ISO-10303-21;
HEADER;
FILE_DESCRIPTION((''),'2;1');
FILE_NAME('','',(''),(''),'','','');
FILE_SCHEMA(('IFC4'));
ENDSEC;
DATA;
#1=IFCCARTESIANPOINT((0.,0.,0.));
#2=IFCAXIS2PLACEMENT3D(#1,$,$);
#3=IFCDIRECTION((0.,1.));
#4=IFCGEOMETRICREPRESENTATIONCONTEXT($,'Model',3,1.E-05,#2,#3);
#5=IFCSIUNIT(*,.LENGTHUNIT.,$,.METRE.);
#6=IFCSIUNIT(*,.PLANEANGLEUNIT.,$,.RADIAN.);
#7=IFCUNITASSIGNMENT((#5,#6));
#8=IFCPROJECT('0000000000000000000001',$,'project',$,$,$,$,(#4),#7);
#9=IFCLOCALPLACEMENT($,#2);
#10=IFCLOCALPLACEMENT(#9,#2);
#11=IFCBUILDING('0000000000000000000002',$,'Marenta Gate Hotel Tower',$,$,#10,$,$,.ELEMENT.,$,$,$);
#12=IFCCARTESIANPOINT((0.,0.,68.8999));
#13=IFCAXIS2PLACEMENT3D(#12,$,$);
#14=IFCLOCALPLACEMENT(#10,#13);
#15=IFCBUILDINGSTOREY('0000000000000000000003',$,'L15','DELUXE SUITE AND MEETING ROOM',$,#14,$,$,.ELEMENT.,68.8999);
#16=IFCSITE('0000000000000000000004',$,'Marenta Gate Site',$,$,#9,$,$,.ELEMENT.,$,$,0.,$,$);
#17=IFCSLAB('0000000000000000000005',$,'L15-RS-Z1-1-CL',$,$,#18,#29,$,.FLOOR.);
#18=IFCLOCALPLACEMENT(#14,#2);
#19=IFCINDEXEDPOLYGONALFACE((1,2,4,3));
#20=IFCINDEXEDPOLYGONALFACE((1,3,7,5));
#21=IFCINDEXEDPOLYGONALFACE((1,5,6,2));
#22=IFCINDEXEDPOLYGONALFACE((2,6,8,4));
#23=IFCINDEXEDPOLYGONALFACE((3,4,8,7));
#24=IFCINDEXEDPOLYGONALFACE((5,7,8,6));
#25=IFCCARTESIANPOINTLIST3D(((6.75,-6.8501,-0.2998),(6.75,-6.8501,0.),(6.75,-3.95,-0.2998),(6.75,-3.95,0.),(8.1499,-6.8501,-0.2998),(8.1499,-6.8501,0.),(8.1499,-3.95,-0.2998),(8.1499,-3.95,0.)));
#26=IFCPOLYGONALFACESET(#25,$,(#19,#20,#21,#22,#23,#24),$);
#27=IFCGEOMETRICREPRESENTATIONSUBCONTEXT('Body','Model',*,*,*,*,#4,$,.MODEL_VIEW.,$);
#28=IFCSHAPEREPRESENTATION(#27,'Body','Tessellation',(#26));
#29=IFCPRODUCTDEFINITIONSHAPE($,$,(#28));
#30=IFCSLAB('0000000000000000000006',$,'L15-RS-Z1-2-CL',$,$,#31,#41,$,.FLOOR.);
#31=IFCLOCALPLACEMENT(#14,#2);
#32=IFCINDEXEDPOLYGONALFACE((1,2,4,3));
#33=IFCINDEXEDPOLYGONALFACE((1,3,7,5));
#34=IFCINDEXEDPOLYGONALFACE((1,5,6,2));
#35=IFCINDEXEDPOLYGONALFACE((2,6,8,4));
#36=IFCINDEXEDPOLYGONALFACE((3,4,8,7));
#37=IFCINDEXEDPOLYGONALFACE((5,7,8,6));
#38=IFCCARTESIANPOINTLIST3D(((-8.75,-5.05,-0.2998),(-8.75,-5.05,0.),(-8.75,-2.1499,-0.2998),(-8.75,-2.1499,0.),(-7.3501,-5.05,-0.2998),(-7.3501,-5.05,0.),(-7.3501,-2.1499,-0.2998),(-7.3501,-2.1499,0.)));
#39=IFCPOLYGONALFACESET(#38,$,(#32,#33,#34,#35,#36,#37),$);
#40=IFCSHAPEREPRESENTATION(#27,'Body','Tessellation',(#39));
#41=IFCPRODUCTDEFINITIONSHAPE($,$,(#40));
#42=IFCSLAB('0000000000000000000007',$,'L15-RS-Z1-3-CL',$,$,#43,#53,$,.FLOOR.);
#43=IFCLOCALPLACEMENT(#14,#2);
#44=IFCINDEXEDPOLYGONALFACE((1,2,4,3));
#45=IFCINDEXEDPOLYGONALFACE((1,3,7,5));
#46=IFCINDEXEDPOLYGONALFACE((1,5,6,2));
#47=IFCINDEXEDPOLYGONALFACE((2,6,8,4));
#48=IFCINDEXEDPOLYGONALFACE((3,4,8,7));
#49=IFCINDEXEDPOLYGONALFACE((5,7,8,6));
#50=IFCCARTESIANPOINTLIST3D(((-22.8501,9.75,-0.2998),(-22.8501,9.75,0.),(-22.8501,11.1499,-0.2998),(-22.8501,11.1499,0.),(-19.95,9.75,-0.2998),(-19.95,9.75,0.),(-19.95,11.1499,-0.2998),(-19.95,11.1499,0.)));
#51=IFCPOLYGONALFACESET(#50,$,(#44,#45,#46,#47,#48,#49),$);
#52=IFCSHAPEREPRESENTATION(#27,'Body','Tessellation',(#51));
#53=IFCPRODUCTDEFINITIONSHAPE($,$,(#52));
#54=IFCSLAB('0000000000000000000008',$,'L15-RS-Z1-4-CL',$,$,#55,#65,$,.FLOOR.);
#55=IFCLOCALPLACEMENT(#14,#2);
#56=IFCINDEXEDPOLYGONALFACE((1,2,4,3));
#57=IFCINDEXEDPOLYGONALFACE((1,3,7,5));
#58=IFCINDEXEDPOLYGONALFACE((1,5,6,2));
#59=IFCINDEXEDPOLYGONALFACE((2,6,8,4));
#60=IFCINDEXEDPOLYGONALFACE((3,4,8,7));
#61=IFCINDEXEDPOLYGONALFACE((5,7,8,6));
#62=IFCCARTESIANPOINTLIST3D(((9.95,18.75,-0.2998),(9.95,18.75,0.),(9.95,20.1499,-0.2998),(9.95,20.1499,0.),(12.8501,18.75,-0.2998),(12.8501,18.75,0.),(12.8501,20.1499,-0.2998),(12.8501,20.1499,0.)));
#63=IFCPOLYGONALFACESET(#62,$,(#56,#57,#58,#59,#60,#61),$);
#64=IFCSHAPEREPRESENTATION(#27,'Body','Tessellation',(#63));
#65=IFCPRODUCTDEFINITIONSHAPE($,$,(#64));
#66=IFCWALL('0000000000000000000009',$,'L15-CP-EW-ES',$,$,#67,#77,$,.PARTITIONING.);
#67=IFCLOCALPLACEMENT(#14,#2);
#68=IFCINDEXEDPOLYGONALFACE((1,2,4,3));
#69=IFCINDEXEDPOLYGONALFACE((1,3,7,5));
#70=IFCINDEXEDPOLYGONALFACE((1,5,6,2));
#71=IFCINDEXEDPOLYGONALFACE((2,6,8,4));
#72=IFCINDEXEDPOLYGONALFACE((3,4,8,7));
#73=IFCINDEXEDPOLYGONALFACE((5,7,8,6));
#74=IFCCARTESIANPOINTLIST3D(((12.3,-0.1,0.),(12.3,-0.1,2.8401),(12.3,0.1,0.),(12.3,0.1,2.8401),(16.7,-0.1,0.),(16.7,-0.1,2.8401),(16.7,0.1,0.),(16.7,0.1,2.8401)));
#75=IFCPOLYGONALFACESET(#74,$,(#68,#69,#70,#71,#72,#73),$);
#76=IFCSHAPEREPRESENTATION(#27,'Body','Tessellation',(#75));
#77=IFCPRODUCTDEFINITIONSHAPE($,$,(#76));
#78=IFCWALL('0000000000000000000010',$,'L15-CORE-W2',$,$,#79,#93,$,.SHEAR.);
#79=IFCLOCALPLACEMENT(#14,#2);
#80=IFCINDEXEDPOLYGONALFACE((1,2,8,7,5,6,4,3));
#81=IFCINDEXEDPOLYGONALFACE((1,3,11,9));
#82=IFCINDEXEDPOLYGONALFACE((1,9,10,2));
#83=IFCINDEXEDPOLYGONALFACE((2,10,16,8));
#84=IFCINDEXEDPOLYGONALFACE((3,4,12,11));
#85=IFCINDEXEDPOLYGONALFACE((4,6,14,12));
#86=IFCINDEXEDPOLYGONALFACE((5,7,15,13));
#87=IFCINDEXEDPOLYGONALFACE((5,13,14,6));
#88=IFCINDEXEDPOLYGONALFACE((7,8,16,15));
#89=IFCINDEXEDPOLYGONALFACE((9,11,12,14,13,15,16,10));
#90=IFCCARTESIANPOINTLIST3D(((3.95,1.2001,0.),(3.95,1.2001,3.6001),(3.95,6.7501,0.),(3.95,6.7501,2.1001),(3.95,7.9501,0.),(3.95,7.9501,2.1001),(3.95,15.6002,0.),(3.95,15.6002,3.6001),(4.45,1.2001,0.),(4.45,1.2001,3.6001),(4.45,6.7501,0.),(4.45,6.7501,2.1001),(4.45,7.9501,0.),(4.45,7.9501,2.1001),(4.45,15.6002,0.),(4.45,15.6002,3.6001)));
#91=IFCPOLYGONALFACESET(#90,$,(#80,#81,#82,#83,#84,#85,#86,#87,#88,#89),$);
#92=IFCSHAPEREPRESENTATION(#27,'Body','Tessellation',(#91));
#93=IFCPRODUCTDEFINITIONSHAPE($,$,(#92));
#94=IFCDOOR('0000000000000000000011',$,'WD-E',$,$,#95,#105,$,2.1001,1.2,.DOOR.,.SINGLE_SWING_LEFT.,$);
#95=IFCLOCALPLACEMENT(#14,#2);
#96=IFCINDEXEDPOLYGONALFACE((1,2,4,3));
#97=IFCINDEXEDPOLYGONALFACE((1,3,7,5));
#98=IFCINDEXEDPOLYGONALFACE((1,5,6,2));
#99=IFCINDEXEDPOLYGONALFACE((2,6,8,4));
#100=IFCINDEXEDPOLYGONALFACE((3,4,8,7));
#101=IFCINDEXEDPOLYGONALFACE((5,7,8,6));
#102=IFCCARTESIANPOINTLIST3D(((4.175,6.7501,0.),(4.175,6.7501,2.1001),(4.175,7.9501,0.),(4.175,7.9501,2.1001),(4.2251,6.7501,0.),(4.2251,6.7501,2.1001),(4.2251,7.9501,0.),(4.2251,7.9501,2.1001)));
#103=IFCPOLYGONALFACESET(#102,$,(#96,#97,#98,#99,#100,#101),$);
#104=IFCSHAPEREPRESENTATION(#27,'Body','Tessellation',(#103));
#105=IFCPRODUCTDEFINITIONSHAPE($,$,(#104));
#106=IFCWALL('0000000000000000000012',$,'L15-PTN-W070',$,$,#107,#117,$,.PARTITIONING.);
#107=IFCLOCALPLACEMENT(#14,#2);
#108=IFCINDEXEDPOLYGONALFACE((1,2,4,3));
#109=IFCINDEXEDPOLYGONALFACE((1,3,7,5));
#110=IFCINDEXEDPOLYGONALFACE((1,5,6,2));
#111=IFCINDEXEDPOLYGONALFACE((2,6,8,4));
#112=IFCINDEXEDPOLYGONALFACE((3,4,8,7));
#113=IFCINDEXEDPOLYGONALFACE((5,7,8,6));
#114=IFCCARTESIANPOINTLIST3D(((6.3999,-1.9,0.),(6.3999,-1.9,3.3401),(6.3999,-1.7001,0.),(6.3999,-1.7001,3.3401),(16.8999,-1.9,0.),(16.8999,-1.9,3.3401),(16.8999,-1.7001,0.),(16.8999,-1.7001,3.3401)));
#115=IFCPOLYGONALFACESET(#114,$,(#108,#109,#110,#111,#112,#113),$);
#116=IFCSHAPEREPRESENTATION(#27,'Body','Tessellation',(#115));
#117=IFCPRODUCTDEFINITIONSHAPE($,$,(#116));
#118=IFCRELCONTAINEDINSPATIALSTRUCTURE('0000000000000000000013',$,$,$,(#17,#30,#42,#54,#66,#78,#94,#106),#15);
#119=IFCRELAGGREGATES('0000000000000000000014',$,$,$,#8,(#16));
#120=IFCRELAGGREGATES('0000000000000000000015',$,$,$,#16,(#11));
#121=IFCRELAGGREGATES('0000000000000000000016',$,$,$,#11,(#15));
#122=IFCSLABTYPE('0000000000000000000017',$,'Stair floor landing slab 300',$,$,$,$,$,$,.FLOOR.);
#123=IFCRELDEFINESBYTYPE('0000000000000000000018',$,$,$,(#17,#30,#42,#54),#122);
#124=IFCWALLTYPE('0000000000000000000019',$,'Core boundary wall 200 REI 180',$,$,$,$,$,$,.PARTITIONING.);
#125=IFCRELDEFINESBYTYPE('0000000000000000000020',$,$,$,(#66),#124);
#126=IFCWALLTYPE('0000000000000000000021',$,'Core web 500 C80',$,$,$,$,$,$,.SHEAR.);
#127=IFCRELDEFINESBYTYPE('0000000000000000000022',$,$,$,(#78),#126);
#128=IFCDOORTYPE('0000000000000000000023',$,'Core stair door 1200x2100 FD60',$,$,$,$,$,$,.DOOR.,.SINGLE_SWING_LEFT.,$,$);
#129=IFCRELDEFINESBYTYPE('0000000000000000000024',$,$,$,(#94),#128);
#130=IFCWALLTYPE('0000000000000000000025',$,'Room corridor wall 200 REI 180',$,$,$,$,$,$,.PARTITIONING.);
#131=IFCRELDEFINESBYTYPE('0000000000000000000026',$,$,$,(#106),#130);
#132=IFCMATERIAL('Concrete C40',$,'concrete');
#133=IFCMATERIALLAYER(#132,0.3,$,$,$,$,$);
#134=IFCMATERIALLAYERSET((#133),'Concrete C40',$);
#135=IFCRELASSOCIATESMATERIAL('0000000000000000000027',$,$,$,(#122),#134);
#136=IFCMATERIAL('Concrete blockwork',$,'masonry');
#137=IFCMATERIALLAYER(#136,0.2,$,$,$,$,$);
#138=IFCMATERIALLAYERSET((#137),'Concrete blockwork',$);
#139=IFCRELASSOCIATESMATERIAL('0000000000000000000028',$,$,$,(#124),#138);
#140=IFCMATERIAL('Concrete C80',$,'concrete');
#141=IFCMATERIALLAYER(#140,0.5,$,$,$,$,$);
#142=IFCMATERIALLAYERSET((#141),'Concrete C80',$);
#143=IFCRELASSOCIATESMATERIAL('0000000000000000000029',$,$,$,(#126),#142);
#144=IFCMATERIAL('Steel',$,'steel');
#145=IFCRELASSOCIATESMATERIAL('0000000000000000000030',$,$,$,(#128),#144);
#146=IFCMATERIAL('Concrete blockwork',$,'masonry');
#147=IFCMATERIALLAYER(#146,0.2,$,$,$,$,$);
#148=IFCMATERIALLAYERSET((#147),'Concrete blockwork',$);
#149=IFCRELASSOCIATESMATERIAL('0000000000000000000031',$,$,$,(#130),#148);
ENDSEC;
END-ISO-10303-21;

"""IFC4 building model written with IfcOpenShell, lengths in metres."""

from ifc_helpers import new_model, si_unit, direction, frame, frame_2d, origin, place, context, subcontext, project, spatial, polyline, rectangle, outline, extrude, material, layer, layer_set, type_object, element, fill, save


model = new_model("IFC4")

# Units and contexts
model_context = context("Model", 3, precision=1e-05, world=origin(), true_north=direction((0.0, 1.0)))
body_context = subcontext(model_context, "Body", "Model", "MODEL_VIEW")
ifc_project = project(units=[si_unit("LENGTHUNIT", "METRE"), si_unit("PLANEANGLEUNIT", "RADIAN")], contexts=[model_context])

# Site, building, storey
site_placement = place(None, origin())
site = spatial("IfcSite", under=ifc_project, at=site_placement, Name="Marenta Gate Site", CompositionType="ELEMENT", RefElevation=0.0)
building_placement = place(site_placement, origin())
building = spatial("IfcBuilding", under=site, at=building_placement, Name="Marenta Gate Hotel Tower", CompositionType="ELEMENT")
storey_placement = place(building_placement, frame((0.0, 0.0, 68.8999)))
storey = spatial("IfcBuildingStorey", under=building, at=storey_placement, Name="L15", Description="DELUXE SUITE AND MEETING ROOM", CompositionType="ELEMENT", Elevation=68.8999)

# Slabs
ifc_material_1 = material(Name="Concrete C40", Category="concrete")
ifc_layer_1 = layer(ifc_material_1, 0.3)
ifc_layer_set_1 = layer_set([ifc_layer_1], Name="Concrete C40")
slab_type_1 = type_object("IfcSlabType", Name="Stair floor landing slab 300", PredefinedType="FLOOR", material=ifc_layer_set_1)
slab_1_placement = place(storey_placement, frame((0.0, 0.0, -0.2998)))
element("IfcSlab", 1, at=slab_1_placement, inside=storey, type_object=slab_type_1, Name="L15-RS-Z1-1-CL", PredefinedType="FLOOR", context=body_context, shape_type="SweptSolid", body=[
    extrude(outline(polyline([(8.1499, -6.8501), (8.1499, -3.95), (6.75, -3.95), (6.75, -6.8501), (8.1499, -6.8501)])), origin(), (0.0, 0.0, 1.0), 0.2998),
])
slab_2_placement = place(storey_placement, frame((0.0, 0.0, -0.2998)))
element("IfcSlab", 2, at=slab_2_placement, inside=storey, type_object=slab_type_1, Name="L15-RS-Z1-2-CL", PredefinedType="FLOOR", context=body_context, shape_type="SweptSolid", body=[
    extrude(outline(polyline([(-7.3501, -5.05), (-7.3501, -2.1499), (-8.75, -2.1499), (-8.75, -5.05), (-7.3501, -5.05)])), origin(), (0.0, 0.0, 1.0), 0.2998),
])
slab_3_placement = place(storey_placement, frame((0.0, 0.0, -0.2998)))
element("IfcSlab", 3, at=slab_3_placement, inside=storey, type_object=slab_type_1, Name="L15-RS-Z1-3-CL", PredefinedType="FLOOR", context=body_context, shape_type="SweptSolid", body=[
    extrude(outline(polyline([(-19.95, 9.75), (-19.95, 11.1499), (-22.8501, 11.1499), (-22.8501, 9.75), (-19.95, 9.75)])), origin(), (0.0, 0.0, 1.0), 0.2998),
])
slab_4_placement = place(storey_placement, frame((0.0, 0.0, -0.2998)))
element("IfcSlab", 4, at=slab_4_placement, inside=storey, type_object=slab_type_1, Name="L15-RS-Z1-4-CL", PredefinedType="FLOOR", context=body_context, shape_type="SweptSolid", body=[
    extrude(outline(polyline([(12.8501, 18.75), (12.8501, 20.1499), (9.95, 20.1499), (9.95, 18.75), (12.8501, 18.75)])), origin(), (0.0, 0.0, 1.0), 0.2998),
])

# Wall
ifc_material_2 = material(Name="Concrete blockwork", Category="masonry")
ifc_layer_2 = layer(ifc_material_2, 0.2)
ifc_layer_set_2 = layer_set([ifc_layer_2], Name="Concrete blockwork")
wall_type_1 = type_object("IfcWallType", Name="Core boundary wall 200 REI 180", PredefinedType="PARTITIONING", material=ifc_layer_set_2)
wall_1_placement = place(storey_placement, frame((12.3, 0.0, 0.0), z_axis=(0.0, 0.0, 1.0), x_axis=(1.0, 0.0, 0.0)))
element("IfcWall", 5, at=wall_1_placement, inside=storey, type_object=wall_type_1, Name="L15-CP-EW-ES", PredefinedType="PARTITIONING", context=body_context, shape_type="SweptSolid", body=[
    extrude(rectangle(XDim=4.3999, YDim=0.2, at=frame_2d((2.2, 0.0))), origin(), (0.0, 0.0, 1.0), 2.8401),
])

# Wall, opening, door
ifc_material_3 = material(Name="Concrete C80", Category="concrete")
ifc_layer_3 = layer(ifc_material_3, 0.5)
ifc_layer_set_3 = layer_set([ifc_layer_3], Name="Concrete C80")
wall_type_2 = type_object("IfcWallType", Name="Core web 500 C80", PredefinedType="SHEAR", material=ifc_layer_set_3)
wall_2_placement = place(storey_placement, frame((4.2, 1.2, 0.0), z_axis=(0.0, 0.0, 1.0), x_axis=(0.0, 1.0, 0.0)))
wall_2 = element("IfcWall", 6, at=wall_2_placement, inside=storey, type_object=wall_type_2, Name="L15-CORE-W2", PredefinedType="SHEAR", context=body_context, shape_type="SweptSolid", body=[
    extrude(rectangle(XDim=14.4001, YDim=0.5, at=frame_2d((7.2002, 0.0))), origin(), (0.0, 0.0, 1.0), 3.6001),
])
opening_1_placement = place(wall_2_placement, frame((5.55, 0.0, 0.0)))
opening_1 = element("IfcOpeningElement", 7, at=opening_1_placement, cuts=wall_2, PredefinedType="OPENING", context=body_context, shape_type="SweptSolid", body=[
    extrude(rectangle(XDim=1.2, YDim=2.1001, at=frame_2d((0.6001, 1.05))), frame((0.0, 0.25, 0.0), z_axis=(0.0, -1.0, 0.0), x_axis=(1.0, 0.0, 0.0)), (0.0, 0.0, 1.0), 0.5),
])
ifc_material_4 = material(Name="Steel", Category="steel")
door_type_1 = type_object("IfcDoorType", Name="Core stair door 1200x2100 FD60", OperationType="SINGLE_SWING_LEFT", PredefinedType="DOOR", material=ifc_material_4)
door_1_placement = place(opening_1_placement, origin())
door_1 = element("IfcDoor", 8, at=door_1_placement, inside=storey, type_object=door_type_1, Name="WD-E", OperationType="SINGLE_SWING_LEFT", OverallHeight=2.1001, OverallWidth=1.2, PredefinedType="DOOR", context=body_context, shape_type="SweptSolid", body=[
    extrude(rectangle(XDim=1.2, YDim=2.1001, at=frame_2d((0.6001, 1.05))), frame((0.0, 0.0249, 0.0), z_axis=(0.0, -1.0, 0.0), x_axis=(1.0, 0.0, 0.0)), (0.0, 0.0, 1.0), 0.05),
])
fill(opening_1, door_1)

# Wall
ifc_material_5 = material(Name="Concrete blockwork", Category="masonry")
ifc_layer_4 = layer(ifc_material_5, 0.2)
ifc_layer_set_4 = layer_set([ifc_layer_4], Name="Concrete blockwork")
wall_type_3 = type_object("IfcWallType", Name="Room corridor wall 200 REI 180", PredefinedType="PARTITIONING", material=ifc_layer_set_4)
wall_3_placement = place(storey_placement, frame((6.3999, -1.8, 0.0), z_axis=(0.0, 0.0, 1.0), x_axis=(1.0, 0.0, 0.0)))
element("IfcWall", 9, at=wall_3_placement, inside=storey, type_object=wall_type_3, Name="L15-PTN-W070", PredefinedType="PARTITIONING", context=body_context, shape_type="SweptSolid", body=[
    extrude(rectangle(XDim=10.5, YDim=0.2, at=frame_2d((5.25, 0.0))), origin(), (0.0, 0.0, 1.0), 3.3401),
])

save(model, "model.ifc")
